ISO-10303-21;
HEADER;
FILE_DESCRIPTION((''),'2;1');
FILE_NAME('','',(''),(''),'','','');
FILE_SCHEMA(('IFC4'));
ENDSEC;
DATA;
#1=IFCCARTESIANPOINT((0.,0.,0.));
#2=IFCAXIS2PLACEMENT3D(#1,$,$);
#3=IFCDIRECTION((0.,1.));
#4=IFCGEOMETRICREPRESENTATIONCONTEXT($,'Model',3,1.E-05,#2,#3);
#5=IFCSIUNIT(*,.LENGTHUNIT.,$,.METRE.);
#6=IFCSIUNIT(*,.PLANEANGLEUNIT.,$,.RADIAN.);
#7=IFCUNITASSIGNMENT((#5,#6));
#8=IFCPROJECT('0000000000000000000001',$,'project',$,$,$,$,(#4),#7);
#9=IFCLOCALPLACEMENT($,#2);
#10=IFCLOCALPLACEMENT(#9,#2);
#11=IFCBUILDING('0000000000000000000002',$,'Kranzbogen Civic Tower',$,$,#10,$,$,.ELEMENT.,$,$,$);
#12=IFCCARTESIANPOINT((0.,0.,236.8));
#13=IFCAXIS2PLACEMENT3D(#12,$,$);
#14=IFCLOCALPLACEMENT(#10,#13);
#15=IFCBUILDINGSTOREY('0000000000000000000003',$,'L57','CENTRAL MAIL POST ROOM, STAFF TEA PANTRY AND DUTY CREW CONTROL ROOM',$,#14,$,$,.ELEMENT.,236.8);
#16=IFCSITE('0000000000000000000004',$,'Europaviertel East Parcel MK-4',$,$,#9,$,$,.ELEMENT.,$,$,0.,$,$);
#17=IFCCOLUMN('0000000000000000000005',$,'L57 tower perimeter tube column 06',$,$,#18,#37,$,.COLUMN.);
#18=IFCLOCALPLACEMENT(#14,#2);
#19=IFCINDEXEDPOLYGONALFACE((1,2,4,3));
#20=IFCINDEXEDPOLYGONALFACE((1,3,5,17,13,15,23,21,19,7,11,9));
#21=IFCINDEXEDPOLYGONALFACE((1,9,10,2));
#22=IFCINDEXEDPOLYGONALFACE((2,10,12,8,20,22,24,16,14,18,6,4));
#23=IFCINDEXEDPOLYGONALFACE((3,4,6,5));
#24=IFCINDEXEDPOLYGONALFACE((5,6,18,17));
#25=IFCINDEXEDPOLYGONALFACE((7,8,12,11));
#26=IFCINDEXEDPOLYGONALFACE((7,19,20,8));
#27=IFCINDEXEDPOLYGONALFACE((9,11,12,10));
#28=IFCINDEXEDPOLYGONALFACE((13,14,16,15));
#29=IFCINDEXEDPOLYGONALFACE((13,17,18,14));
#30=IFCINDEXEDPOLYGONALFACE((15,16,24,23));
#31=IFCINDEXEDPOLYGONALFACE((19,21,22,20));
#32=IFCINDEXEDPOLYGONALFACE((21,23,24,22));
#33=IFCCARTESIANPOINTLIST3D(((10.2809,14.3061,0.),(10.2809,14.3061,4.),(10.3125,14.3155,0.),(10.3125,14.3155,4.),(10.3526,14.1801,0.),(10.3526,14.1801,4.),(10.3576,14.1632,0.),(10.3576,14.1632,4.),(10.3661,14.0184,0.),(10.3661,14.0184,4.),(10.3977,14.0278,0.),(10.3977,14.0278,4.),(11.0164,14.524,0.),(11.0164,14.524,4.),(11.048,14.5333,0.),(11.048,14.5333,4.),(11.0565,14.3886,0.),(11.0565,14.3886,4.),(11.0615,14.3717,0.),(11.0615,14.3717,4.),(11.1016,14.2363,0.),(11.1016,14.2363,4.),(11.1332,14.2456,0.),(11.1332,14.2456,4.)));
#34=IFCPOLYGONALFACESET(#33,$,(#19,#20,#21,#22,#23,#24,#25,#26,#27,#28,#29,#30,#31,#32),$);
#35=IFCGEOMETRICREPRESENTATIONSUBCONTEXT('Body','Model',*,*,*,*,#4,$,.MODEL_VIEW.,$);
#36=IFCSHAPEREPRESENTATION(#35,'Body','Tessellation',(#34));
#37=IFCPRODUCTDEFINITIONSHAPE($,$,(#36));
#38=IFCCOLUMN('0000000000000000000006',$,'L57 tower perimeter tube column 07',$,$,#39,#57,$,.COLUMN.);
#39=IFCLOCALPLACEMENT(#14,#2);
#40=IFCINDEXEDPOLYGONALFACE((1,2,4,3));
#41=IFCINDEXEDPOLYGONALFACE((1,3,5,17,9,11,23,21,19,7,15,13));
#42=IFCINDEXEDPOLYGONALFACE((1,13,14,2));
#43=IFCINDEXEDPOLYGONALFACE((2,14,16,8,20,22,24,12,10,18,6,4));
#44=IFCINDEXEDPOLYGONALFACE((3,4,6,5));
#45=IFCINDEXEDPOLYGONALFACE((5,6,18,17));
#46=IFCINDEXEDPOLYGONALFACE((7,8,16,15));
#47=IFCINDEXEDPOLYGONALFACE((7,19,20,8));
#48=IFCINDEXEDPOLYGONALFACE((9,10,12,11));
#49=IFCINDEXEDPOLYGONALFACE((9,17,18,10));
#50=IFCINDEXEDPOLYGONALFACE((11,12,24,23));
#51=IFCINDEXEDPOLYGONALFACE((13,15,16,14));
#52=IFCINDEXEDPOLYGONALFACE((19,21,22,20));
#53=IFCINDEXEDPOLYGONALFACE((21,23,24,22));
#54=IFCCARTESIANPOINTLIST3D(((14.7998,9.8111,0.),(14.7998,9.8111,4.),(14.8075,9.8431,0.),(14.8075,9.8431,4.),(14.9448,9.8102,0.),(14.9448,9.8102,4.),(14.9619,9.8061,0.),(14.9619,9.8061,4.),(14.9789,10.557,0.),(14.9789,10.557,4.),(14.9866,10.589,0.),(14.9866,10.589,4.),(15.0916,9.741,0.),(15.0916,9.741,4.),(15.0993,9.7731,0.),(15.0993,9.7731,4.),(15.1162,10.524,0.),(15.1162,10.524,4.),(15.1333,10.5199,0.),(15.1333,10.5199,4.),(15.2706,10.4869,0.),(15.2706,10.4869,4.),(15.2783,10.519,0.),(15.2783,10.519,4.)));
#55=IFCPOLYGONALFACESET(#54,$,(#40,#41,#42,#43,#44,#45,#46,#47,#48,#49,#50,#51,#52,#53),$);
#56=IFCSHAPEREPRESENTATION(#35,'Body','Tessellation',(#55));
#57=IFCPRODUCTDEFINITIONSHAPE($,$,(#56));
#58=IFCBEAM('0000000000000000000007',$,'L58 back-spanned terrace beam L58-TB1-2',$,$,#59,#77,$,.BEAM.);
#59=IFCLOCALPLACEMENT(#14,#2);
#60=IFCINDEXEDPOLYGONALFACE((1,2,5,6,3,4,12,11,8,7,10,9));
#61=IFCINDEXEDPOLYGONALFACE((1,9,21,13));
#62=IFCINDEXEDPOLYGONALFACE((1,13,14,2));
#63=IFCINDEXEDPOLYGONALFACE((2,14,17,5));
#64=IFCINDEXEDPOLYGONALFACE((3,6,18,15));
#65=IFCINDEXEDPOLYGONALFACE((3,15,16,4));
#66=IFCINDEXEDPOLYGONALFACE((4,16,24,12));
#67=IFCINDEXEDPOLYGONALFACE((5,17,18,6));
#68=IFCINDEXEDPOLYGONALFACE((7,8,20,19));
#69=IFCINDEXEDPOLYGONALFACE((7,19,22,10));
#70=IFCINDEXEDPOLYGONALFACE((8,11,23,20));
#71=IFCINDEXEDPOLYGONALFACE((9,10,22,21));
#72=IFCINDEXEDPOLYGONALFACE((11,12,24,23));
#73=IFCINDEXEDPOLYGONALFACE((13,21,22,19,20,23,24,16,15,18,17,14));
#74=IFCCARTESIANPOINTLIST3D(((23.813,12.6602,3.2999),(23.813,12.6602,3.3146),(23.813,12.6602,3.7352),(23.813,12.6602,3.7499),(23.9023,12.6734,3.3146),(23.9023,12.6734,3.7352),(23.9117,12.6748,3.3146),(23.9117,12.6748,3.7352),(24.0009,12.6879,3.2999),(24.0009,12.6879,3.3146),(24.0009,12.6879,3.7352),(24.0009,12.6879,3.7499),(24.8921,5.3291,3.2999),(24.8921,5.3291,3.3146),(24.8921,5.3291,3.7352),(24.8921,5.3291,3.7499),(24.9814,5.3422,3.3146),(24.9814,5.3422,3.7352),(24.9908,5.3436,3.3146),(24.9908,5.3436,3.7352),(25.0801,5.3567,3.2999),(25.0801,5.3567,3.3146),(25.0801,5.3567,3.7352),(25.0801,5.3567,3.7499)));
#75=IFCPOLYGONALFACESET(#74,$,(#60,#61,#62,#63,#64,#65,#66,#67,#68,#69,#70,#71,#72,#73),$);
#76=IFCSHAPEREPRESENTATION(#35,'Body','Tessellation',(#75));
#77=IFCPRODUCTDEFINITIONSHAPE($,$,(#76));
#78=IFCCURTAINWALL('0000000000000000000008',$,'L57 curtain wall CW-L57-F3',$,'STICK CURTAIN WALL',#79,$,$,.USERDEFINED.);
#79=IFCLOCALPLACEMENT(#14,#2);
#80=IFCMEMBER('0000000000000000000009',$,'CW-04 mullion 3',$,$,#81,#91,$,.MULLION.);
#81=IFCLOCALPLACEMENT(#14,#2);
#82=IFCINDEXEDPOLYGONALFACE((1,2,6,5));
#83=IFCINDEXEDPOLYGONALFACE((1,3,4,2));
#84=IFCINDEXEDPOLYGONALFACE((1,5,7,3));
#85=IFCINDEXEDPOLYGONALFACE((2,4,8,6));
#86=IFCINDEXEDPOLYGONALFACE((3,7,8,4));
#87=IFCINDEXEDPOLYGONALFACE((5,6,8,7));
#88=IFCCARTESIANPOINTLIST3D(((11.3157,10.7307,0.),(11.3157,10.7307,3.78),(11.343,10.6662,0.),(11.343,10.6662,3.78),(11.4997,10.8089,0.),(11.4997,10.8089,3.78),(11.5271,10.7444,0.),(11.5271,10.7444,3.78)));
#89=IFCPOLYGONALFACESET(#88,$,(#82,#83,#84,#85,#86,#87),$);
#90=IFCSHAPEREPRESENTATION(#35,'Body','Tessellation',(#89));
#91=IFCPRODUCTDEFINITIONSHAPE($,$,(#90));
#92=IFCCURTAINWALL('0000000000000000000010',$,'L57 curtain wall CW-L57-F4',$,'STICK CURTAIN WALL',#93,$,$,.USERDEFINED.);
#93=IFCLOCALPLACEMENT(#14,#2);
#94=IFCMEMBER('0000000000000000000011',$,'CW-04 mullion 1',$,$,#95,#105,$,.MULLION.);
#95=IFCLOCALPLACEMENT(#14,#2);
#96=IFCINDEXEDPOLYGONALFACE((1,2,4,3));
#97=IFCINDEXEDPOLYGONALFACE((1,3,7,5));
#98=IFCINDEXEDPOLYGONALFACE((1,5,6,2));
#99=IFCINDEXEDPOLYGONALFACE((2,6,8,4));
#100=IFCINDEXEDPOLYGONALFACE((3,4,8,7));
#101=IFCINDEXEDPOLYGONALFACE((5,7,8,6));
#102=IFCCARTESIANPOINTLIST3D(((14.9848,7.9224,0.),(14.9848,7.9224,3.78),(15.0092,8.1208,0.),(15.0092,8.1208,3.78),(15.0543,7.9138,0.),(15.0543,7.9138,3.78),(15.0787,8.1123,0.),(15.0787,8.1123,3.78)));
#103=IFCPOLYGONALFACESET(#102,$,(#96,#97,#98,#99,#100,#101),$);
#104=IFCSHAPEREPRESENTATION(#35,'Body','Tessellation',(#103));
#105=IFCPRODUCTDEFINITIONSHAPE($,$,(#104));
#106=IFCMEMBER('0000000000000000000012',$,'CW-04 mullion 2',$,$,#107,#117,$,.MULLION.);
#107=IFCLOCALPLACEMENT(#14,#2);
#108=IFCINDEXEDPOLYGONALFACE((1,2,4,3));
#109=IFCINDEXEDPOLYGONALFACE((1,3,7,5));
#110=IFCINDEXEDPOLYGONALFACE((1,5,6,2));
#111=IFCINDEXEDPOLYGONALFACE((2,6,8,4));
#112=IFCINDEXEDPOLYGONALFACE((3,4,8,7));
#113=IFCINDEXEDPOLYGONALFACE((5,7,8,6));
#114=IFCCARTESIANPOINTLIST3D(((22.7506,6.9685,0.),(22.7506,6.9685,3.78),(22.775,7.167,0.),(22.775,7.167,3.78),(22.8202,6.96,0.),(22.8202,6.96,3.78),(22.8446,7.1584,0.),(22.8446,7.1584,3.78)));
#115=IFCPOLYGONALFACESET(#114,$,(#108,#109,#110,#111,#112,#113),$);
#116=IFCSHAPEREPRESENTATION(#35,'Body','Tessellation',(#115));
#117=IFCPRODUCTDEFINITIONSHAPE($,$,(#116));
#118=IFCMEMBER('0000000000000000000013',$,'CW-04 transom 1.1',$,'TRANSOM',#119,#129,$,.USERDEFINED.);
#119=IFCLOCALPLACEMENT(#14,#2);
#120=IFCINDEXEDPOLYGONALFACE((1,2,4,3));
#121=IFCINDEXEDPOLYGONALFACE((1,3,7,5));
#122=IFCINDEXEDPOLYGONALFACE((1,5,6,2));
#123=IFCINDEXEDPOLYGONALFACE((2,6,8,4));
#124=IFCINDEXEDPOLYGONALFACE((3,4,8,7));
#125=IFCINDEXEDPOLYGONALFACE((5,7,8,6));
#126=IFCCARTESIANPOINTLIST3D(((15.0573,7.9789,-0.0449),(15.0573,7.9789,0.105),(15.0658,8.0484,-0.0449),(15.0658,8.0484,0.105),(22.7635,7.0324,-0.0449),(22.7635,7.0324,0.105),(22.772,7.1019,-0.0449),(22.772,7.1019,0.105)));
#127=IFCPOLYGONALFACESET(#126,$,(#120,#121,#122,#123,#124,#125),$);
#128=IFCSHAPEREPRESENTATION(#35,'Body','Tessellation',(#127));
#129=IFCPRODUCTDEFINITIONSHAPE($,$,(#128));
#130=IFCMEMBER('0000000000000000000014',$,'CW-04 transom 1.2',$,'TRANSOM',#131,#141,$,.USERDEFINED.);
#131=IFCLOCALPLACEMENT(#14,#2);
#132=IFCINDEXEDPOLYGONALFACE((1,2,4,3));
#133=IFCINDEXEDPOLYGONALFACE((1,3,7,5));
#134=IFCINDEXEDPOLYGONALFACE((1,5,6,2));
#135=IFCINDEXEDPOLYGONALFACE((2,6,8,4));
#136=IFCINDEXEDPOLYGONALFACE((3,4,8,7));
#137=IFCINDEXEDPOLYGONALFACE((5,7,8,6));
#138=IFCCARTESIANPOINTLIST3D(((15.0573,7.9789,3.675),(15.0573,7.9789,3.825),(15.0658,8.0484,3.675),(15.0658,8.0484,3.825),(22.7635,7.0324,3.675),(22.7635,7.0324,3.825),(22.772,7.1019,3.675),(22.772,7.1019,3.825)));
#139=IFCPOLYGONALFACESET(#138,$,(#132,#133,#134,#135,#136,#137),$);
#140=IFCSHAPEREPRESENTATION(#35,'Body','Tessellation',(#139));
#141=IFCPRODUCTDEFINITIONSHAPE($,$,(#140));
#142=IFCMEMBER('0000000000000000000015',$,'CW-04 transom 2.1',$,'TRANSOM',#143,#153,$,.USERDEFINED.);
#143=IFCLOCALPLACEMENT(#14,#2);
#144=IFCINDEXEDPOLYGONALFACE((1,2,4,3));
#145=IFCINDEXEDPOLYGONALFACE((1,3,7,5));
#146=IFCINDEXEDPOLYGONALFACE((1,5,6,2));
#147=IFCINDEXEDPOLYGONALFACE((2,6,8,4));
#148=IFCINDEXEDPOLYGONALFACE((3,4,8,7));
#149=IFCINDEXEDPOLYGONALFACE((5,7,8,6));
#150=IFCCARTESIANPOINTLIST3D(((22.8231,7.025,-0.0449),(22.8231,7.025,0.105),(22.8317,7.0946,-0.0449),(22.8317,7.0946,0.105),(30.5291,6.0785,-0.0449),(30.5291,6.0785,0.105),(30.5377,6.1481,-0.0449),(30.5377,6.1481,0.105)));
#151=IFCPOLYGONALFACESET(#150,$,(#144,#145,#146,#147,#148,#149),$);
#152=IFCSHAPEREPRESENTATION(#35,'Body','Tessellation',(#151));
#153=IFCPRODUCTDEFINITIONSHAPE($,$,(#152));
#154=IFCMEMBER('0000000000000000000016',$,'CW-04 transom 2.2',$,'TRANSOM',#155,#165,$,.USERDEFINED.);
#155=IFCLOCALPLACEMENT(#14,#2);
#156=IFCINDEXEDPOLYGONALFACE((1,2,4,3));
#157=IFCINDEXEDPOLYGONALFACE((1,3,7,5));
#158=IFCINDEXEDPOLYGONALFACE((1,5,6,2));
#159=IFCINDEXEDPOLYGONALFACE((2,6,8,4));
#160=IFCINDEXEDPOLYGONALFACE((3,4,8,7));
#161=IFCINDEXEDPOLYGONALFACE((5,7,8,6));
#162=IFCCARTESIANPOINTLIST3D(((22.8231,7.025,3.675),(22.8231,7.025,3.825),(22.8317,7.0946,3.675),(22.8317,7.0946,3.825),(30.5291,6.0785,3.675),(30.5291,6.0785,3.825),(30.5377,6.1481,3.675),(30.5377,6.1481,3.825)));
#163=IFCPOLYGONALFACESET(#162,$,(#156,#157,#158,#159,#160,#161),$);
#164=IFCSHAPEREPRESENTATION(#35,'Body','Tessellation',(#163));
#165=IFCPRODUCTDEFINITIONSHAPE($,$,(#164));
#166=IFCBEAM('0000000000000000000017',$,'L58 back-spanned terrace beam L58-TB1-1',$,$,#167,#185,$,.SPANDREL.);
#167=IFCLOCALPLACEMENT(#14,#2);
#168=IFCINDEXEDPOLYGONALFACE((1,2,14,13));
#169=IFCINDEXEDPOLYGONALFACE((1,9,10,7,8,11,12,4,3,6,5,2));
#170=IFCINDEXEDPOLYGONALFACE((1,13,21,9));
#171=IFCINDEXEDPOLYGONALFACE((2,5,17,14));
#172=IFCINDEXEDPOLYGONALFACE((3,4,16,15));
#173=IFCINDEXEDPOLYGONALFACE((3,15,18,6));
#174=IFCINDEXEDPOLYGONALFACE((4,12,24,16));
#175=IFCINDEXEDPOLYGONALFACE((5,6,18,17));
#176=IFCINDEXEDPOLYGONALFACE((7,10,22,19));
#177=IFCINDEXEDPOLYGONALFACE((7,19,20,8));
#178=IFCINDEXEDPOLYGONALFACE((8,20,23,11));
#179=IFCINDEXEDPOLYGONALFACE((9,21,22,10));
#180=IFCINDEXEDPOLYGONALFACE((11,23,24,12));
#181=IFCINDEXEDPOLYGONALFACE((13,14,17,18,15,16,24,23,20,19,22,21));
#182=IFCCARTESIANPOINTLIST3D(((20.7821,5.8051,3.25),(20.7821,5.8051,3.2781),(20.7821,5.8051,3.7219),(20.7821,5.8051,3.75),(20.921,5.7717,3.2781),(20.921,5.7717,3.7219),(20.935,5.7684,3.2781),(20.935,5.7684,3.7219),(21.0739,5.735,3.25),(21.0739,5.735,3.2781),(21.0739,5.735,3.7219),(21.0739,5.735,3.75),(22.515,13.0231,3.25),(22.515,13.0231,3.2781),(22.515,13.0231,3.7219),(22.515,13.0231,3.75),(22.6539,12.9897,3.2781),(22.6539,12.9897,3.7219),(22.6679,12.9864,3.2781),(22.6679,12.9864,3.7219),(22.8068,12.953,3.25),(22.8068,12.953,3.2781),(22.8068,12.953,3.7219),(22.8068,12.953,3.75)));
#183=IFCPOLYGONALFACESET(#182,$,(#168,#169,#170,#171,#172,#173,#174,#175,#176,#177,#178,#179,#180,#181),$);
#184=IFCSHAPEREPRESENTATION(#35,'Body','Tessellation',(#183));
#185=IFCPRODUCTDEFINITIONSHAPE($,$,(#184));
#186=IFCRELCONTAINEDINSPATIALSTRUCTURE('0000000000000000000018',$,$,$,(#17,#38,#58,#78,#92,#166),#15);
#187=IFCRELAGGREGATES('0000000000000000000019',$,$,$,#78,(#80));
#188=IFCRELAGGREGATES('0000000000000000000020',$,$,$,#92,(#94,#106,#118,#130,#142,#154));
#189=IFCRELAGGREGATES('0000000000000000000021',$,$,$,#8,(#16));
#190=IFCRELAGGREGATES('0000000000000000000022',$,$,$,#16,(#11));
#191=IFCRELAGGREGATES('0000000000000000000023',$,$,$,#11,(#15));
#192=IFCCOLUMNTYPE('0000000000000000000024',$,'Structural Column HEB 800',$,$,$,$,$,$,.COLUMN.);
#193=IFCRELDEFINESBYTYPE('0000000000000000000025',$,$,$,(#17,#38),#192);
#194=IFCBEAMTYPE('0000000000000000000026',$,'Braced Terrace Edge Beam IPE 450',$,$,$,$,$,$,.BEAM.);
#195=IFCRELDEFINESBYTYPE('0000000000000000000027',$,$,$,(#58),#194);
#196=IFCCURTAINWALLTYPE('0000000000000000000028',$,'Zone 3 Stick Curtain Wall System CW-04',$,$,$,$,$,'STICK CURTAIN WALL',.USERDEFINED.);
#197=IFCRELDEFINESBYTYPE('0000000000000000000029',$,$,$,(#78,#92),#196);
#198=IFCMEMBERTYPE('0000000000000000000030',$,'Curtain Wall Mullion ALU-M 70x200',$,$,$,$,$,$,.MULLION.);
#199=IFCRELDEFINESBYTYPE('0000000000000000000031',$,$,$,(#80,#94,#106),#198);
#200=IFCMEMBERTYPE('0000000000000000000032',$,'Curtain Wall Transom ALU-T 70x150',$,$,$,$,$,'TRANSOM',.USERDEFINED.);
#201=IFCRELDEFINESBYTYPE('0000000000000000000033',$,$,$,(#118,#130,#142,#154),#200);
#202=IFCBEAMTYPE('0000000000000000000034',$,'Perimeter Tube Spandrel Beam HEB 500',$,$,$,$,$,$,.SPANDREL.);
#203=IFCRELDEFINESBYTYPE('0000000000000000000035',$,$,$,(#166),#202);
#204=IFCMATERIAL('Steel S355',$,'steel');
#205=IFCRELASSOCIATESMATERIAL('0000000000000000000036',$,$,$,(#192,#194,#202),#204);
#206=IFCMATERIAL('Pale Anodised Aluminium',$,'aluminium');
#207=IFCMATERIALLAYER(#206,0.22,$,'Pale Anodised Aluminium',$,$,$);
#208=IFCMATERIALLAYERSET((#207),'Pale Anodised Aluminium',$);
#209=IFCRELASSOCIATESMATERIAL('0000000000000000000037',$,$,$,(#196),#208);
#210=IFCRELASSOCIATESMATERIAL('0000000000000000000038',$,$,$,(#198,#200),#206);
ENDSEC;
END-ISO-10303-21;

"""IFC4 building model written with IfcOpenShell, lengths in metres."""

from ifc_helpers import new_model, si_unit, direction, frame, origin, origin_2d, place, context, subcontext, project, spatial, rectangle, i_section, extrude, material, layer, layer_set, material_profile, profile_set, type_object, element, aggregate, save


model = new_model("IFC4")

# Units and contexts
model_context = context("Model", 3, precision=1e-05, world=origin(), true_north=direction((0.0, 1.0)))
body_context = subcontext(model_context, "Body", "Model", "MODEL_VIEW")
ifc_project = project(units=[si_unit("LENGTHUNIT", "METRE"), si_unit("PLANEANGLEUNIT", "RADIAN")], contexts=[model_context])

# Site, building, storey
site_placement = place(None, origin())
site = spatial("IfcSite", under=ifc_project, at=site_placement, Name="Europaviertel East Parcel MK-4", CompositionType="ELEMENT", RefElevation=0.0)
building_placement = place(site_placement, origin())
building = spatial("IfcBuilding", under=site, at=building_placement, Name="Kranzbogen Civic Tower", CompositionType="ELEMENT")
storey_placement = place(building_placement, frame((0.0, 0.0, 236.8)))
storey = spatial("IfcBuildingStorey", under=building, at=storey_placement, Name="L57", Description="CENTRAL MAIL POST ROOM, STAFF TEA PANTRY AND DUTY CREW CONTROL ROOM", CompositionType="ELEMENT", Elevation=236.8)

# Columns
ifc_material_1 = material(Name="Steel S355", Category="steel")
ifc_material_profile_1 = material_profile(ifc_material_1, i_section(OverallWidth=0.3, OverallDepth=0.8, WebThickness=0.0176, FlangeThickness=0.033, at=origin_2d()), Name="HEB 800")
ifc_profile_set_1 = profile_set([ifc_material_profile_1], Name="Steel S355")
column_type = type_object("IfcColumnType", Name="Structural Column HEB 800", PredefinedType="COLUMN", material=ifc_profile_set_1)
for number, where, z_axis, x_axis, name in (
    (1, (10.707, 14.2759, 0.0), (0.0, 0.0, 1.0), (-0.284015, 0.95882, 0.0), "L57 tower perimeter tube column 06"),
    (2, (15.0391, 10.165, 0.0), (0.0, 0.0, 1.0), (-0.97237, 0.233445, 0.0), "L57 tower perimeter tube column 07"),
):
    element("IfcColumn", number, at=place(storey_placement, frame(where, z_axis=z_axis, x_axis=x_axis)), inside=storey, type_object=column_type, Name=name, PredefinedType="COLUMN", context=body_context, shape_type="SweptSolid", body=[
        extrude(i_section(OverallWidth=0.3, OverallDepth=0.8, WebThickness=0.0176, FlangeThickness=0.033, at=origin_2d()), origin(), (0.0, 0.0, 1.0), 4.0),
    ])

# Beam
ifc_material_profile_2 = material_profile(ifc_material_1, i_section(OverallWidth=0.1899, OverallDepth=0.45, WebThickness=0.0095, FlangeThickness=0.0146, at=origin_2d()), Name="IPE 450")
ifc_profile_set_2 = profile_set([ifc_material_profile_2], Name="Steel S355")
beam_type_1 = type_object("IfcBeamType", Name="Braced Terrace Edge Beam IPE 450", PredefinedType="BEAM", material=ifc_profile_set_2)
beam_1_placement = place(storey_placement, frame((23.907, 12.6741, 3.5249), z_axis=(0.145627, -0.98934, 0.0), x_axis=(0.98934, 0.145627, 0.0)))
element("IfcBeam", 3, at=beam_1_placement, inside=storey, type_object=beam_type_1, Name="L58 back-spanned terrace beam L58-TB1-2", PredefinedType="BEAM", context=body_context, shape_type="SweptSolid", body=[
    extrude(i_section(OverallWidth=0.1899, OverallDepth=0.45, WebThickness=0.0095, FlangeThickness=0.0146, at=origin_2d()), origin(), (0.0, 0.0, 1.0), 7.4102),
])

# Curtain wall, member
ifc_material_2 = material(Name="Pale Anodised Aluminium", Category="aluminium")
ifc_layer_1 = layer(ifc_material_2, 0.22, Name="Pale Anodised Aluminium")
ifc_layer_set_1 = layer_set([ifc_layer_1], Name="Pale Anodised Aluminium")
curtain_wall_type = type_object("IfcCurtainWallType", Name="Zone 3 Stick Curtain Wall System CW-04", ElementType="STICK CURTAIN WALL", PredefinedType="USERDEFINED", material=ifc_layer_set_1)
curtain_wall_1_placement = place(storey_placement, origin())
curtain_wall_1 = element("IfcCurtainWall", 4, at=curtain_wall_1_placement, inside=storey, type_object=curtain_wall_type, Name="L57 curtain wall CW-L57-F3", ObjectType="STICK CURTAIN WALL", PredefinedType="USERDEFINED")
ifc_material_profile_3 = material_profile(ifc_material_2, rectangle(XDim=0.0701, YDim=0.2, at=origin_2d()), Name="ALU-M 70x200")
ifc_profile_set_3 = profile_set([ifc_material_profile_3], Name="Pale Anodised Aluminium")
member_type_1 = type_object("IfcMemberType", Name="Curtain Wall Mullion ALU-M 70x200", PredefinedType="MULLION", material=ifc_profile_set_3)
member_1_placement = place(storey_placement, frame((11.4214, 10.7375, 0.0), z_axis=(0.0, 0.0, 1.0), x_axis=(0.390705, -0.920516, 0.0)))
member_1 = element("IfcMember", 5, at=member_1_placement, type_object=member_type_1, Name="CW-04 mullion 3", PredefinedType="MULLION", context=body_context, shape_type="SweptSolid", body=[
    extrude(rectangle(XDim=0.0701, YDim=0.2, at=origin_2d()), origin(), (0.0, 0.0, 1.0), 3.78),
])
aggregate(curtain_wall_1, [member_1])

# Curtain wall, members
curtain_wall_2_placement = place(storey_placement, origin())
curtain_wall_2 = element("IfcCurtainWall", 6, at=curtain_wall_2_placement, inside=storey, type_object=curtain_wall_type, Name="L57 curtain wall CW-L57-F4", ObjectType="STICK CURTAIN WALL", PredefinedType="USERDEFINED")
member_2_placement = place(storey_placement, frame((15.0317, 8.0173, 0.0), z_axis=(0.0, 0.0, 1.0), x_axis=(0.992541, -0.121911, 0.0)))
member_2 = element("IfcMember", 7, at=member_2_placement, type_object=member_type_1, Name="CW-04 mullion 1", PredefinedType="MULLION", context=body_context, shape_type="SweptSolid", body=[
    extrude(rectangle(XDim=0.0701, YDim=0.2, at=origin_2d()), origin(), (0.0, 0.0, 1.0), 3.78),
])
member_3_placement = place(storey_placement, frame((22.7976, 7.0635, 0.0), z_axis=(0.0, 0.0, 1.0), x_axis=(0.992541, -0.121911, 0.0)))
member_3 = element("IfcMember", 8, at=member_3_placement, type_object=member_type_1, Name="CW-04 mullion 2", PredefinedType="MULLION", context=body_context, shape_type="SweptSolid", body=[
    extrude(rectangle(XDim=0.0701, YDim=0.2, at=origin_2d()), origin(), (0.0, 0.0, 1.0), 3.78),
])
ifc_material_profile_4 = material_profile(ifc_material_2, rectangle(XDim=0.0701, YDim=0.1499, at=origin_2d()), Name="ALU-T 70x150")
ifc_profile_set_4 = profile_set([ifc_material_profile_4], Name="Pale Anodised Aluminium")
member_type_2 = type_object("IfcMemberType", Name="Curtain Wall Transom ALU-T 70x150", ElementType="TRANSOM", PredefinedType="USERDEFINED", material=ifc_profile_set_4)
member_4_placement = place(storey_placement, frame((15.0615, 8.0137, 0.03), z_axis=(0.992541, -0.12191, 0.0), x_axis=(0.12191, 0.992541, 0.0)))
member_4 = element("IfcMember", 9, at=member_4_placement, type_object=member_type_2, Name="CW-04 transom 1.1", ObjectType="TRANSOM", PredefinedType="USERDEFINED", context=body_context, shape_type="SweptSolid", body=[
    extrude(rectangle(XDim=0.0701, YDim=0.1499, at=origin_2d()), origin(), (0.0, 0.0, 1.0), 7.7642),
])
member_5_placement = place(storey_placement, frame((15.0615, 8.0137, 3.75), z_axis=(0.992541, -0.12191, 0.0), x_axis=(0.12191, 0.992541, 0.0)))
member_5 = element("IfcMember", 10, at=member_5_placement, type_object=member_type_2, Name="CW-04 transom 1.2", ObjectType="TRANSOM", PredefinedType="USERDEFINED", context=body_context, shape_type="SweptSolid", body=[
    extrude(rectangle(XDim=0.0701, YDim=0.1499, at=origin_2d()), origin(), (0.0, 0.0, 1.0), 7.7642),
])
member_6_placement = place(storey_placement, frame((22.8274, 7.0598, 0.03), z_axis=(0.992541, -0.121914, 0.0), x_axis=(0.121914, 0.992541, 0.0)))
member_6 = element("IfcMember", 11, at=member_6_placement, type_object=member_type_2, Name="CW-04 transom 2.1", ObjectType="TRANSOM", PredefinedType="USERDEFINED", context=body_context, shape_type="SweptSolid", body=[
    extrude(rectangle(XDim=0.0701, YDim=0.1499, at=origin_2d()), origin(), (0.0, 0.0, 1.0), 7.7639),
])
member_7_placement = place(storey_placement, frame((22.8274, 7.0598, 3.75), z_axis=(0.992541, -0.121914, 0.0), x_axis=(0.121914, 0.992541, 0.0)))
member_7 = element("IfcMember", 12, at=member_7_placement, type_object=member_type_2, Name="CW-04 transom 2.2", ObjectType="TRANSOM", PredefinedType="USERDEFINED", context=body_context, shape_type="SweptSolid", body=[
    extrude(rectangle(XDim=0.0701, YDim=0.1499, at=origin_2d()), origin(), (0.0, 0.0, 1.0), 7.7639),
])

# Beam
ifc_material_profile_5 = material_profile(ifc_material_1, i_section(OverallWidth=0.3, OverallDepth=0.5, WebThickness=0.0144, FlangeThickness=0.0281, at=origin_2d()), Name="HEB 500")
ifc_profile_set_5 = profile_set([ifc_material_profile_5], Name="Steel S355")
beam_type_2 = type_object("IfcBeamType", Name="Perimeter Tube Spandrel Beam HEB 500", PredefinedType="SPANDREL", material=ifc_profile_set_5)
beam_2_placement = place(storey_placement, frame((22.6609, 12.988, 3.5), z_axis=(-0.233448, -0.972369, 0.0), x_axis=(0.972369, -0.233448, 0.0)))
element("IfcBeam", 13, at=beam_2_placement, inside=storey, type_object=beam_type_2, Name="L58 back-spanned terrace beam L58-TB1-1", PredefinedType="SPANDREL", context=body_context, shape_type="SweptSolid", body=[
    extrude(i_section(OverallWidth=0.3, OverallDepth=0.5, WebThickness=0.0144, FlangeThickness=0.0281, at=origin_2d()), origin(), (0.0, 0.0, 1.0), 7.4231),
])

aggregate(curtain_wall_2, [member_2, member_3, member_4, member_5, member_6, member_7])

save(model, "model.ifc")
